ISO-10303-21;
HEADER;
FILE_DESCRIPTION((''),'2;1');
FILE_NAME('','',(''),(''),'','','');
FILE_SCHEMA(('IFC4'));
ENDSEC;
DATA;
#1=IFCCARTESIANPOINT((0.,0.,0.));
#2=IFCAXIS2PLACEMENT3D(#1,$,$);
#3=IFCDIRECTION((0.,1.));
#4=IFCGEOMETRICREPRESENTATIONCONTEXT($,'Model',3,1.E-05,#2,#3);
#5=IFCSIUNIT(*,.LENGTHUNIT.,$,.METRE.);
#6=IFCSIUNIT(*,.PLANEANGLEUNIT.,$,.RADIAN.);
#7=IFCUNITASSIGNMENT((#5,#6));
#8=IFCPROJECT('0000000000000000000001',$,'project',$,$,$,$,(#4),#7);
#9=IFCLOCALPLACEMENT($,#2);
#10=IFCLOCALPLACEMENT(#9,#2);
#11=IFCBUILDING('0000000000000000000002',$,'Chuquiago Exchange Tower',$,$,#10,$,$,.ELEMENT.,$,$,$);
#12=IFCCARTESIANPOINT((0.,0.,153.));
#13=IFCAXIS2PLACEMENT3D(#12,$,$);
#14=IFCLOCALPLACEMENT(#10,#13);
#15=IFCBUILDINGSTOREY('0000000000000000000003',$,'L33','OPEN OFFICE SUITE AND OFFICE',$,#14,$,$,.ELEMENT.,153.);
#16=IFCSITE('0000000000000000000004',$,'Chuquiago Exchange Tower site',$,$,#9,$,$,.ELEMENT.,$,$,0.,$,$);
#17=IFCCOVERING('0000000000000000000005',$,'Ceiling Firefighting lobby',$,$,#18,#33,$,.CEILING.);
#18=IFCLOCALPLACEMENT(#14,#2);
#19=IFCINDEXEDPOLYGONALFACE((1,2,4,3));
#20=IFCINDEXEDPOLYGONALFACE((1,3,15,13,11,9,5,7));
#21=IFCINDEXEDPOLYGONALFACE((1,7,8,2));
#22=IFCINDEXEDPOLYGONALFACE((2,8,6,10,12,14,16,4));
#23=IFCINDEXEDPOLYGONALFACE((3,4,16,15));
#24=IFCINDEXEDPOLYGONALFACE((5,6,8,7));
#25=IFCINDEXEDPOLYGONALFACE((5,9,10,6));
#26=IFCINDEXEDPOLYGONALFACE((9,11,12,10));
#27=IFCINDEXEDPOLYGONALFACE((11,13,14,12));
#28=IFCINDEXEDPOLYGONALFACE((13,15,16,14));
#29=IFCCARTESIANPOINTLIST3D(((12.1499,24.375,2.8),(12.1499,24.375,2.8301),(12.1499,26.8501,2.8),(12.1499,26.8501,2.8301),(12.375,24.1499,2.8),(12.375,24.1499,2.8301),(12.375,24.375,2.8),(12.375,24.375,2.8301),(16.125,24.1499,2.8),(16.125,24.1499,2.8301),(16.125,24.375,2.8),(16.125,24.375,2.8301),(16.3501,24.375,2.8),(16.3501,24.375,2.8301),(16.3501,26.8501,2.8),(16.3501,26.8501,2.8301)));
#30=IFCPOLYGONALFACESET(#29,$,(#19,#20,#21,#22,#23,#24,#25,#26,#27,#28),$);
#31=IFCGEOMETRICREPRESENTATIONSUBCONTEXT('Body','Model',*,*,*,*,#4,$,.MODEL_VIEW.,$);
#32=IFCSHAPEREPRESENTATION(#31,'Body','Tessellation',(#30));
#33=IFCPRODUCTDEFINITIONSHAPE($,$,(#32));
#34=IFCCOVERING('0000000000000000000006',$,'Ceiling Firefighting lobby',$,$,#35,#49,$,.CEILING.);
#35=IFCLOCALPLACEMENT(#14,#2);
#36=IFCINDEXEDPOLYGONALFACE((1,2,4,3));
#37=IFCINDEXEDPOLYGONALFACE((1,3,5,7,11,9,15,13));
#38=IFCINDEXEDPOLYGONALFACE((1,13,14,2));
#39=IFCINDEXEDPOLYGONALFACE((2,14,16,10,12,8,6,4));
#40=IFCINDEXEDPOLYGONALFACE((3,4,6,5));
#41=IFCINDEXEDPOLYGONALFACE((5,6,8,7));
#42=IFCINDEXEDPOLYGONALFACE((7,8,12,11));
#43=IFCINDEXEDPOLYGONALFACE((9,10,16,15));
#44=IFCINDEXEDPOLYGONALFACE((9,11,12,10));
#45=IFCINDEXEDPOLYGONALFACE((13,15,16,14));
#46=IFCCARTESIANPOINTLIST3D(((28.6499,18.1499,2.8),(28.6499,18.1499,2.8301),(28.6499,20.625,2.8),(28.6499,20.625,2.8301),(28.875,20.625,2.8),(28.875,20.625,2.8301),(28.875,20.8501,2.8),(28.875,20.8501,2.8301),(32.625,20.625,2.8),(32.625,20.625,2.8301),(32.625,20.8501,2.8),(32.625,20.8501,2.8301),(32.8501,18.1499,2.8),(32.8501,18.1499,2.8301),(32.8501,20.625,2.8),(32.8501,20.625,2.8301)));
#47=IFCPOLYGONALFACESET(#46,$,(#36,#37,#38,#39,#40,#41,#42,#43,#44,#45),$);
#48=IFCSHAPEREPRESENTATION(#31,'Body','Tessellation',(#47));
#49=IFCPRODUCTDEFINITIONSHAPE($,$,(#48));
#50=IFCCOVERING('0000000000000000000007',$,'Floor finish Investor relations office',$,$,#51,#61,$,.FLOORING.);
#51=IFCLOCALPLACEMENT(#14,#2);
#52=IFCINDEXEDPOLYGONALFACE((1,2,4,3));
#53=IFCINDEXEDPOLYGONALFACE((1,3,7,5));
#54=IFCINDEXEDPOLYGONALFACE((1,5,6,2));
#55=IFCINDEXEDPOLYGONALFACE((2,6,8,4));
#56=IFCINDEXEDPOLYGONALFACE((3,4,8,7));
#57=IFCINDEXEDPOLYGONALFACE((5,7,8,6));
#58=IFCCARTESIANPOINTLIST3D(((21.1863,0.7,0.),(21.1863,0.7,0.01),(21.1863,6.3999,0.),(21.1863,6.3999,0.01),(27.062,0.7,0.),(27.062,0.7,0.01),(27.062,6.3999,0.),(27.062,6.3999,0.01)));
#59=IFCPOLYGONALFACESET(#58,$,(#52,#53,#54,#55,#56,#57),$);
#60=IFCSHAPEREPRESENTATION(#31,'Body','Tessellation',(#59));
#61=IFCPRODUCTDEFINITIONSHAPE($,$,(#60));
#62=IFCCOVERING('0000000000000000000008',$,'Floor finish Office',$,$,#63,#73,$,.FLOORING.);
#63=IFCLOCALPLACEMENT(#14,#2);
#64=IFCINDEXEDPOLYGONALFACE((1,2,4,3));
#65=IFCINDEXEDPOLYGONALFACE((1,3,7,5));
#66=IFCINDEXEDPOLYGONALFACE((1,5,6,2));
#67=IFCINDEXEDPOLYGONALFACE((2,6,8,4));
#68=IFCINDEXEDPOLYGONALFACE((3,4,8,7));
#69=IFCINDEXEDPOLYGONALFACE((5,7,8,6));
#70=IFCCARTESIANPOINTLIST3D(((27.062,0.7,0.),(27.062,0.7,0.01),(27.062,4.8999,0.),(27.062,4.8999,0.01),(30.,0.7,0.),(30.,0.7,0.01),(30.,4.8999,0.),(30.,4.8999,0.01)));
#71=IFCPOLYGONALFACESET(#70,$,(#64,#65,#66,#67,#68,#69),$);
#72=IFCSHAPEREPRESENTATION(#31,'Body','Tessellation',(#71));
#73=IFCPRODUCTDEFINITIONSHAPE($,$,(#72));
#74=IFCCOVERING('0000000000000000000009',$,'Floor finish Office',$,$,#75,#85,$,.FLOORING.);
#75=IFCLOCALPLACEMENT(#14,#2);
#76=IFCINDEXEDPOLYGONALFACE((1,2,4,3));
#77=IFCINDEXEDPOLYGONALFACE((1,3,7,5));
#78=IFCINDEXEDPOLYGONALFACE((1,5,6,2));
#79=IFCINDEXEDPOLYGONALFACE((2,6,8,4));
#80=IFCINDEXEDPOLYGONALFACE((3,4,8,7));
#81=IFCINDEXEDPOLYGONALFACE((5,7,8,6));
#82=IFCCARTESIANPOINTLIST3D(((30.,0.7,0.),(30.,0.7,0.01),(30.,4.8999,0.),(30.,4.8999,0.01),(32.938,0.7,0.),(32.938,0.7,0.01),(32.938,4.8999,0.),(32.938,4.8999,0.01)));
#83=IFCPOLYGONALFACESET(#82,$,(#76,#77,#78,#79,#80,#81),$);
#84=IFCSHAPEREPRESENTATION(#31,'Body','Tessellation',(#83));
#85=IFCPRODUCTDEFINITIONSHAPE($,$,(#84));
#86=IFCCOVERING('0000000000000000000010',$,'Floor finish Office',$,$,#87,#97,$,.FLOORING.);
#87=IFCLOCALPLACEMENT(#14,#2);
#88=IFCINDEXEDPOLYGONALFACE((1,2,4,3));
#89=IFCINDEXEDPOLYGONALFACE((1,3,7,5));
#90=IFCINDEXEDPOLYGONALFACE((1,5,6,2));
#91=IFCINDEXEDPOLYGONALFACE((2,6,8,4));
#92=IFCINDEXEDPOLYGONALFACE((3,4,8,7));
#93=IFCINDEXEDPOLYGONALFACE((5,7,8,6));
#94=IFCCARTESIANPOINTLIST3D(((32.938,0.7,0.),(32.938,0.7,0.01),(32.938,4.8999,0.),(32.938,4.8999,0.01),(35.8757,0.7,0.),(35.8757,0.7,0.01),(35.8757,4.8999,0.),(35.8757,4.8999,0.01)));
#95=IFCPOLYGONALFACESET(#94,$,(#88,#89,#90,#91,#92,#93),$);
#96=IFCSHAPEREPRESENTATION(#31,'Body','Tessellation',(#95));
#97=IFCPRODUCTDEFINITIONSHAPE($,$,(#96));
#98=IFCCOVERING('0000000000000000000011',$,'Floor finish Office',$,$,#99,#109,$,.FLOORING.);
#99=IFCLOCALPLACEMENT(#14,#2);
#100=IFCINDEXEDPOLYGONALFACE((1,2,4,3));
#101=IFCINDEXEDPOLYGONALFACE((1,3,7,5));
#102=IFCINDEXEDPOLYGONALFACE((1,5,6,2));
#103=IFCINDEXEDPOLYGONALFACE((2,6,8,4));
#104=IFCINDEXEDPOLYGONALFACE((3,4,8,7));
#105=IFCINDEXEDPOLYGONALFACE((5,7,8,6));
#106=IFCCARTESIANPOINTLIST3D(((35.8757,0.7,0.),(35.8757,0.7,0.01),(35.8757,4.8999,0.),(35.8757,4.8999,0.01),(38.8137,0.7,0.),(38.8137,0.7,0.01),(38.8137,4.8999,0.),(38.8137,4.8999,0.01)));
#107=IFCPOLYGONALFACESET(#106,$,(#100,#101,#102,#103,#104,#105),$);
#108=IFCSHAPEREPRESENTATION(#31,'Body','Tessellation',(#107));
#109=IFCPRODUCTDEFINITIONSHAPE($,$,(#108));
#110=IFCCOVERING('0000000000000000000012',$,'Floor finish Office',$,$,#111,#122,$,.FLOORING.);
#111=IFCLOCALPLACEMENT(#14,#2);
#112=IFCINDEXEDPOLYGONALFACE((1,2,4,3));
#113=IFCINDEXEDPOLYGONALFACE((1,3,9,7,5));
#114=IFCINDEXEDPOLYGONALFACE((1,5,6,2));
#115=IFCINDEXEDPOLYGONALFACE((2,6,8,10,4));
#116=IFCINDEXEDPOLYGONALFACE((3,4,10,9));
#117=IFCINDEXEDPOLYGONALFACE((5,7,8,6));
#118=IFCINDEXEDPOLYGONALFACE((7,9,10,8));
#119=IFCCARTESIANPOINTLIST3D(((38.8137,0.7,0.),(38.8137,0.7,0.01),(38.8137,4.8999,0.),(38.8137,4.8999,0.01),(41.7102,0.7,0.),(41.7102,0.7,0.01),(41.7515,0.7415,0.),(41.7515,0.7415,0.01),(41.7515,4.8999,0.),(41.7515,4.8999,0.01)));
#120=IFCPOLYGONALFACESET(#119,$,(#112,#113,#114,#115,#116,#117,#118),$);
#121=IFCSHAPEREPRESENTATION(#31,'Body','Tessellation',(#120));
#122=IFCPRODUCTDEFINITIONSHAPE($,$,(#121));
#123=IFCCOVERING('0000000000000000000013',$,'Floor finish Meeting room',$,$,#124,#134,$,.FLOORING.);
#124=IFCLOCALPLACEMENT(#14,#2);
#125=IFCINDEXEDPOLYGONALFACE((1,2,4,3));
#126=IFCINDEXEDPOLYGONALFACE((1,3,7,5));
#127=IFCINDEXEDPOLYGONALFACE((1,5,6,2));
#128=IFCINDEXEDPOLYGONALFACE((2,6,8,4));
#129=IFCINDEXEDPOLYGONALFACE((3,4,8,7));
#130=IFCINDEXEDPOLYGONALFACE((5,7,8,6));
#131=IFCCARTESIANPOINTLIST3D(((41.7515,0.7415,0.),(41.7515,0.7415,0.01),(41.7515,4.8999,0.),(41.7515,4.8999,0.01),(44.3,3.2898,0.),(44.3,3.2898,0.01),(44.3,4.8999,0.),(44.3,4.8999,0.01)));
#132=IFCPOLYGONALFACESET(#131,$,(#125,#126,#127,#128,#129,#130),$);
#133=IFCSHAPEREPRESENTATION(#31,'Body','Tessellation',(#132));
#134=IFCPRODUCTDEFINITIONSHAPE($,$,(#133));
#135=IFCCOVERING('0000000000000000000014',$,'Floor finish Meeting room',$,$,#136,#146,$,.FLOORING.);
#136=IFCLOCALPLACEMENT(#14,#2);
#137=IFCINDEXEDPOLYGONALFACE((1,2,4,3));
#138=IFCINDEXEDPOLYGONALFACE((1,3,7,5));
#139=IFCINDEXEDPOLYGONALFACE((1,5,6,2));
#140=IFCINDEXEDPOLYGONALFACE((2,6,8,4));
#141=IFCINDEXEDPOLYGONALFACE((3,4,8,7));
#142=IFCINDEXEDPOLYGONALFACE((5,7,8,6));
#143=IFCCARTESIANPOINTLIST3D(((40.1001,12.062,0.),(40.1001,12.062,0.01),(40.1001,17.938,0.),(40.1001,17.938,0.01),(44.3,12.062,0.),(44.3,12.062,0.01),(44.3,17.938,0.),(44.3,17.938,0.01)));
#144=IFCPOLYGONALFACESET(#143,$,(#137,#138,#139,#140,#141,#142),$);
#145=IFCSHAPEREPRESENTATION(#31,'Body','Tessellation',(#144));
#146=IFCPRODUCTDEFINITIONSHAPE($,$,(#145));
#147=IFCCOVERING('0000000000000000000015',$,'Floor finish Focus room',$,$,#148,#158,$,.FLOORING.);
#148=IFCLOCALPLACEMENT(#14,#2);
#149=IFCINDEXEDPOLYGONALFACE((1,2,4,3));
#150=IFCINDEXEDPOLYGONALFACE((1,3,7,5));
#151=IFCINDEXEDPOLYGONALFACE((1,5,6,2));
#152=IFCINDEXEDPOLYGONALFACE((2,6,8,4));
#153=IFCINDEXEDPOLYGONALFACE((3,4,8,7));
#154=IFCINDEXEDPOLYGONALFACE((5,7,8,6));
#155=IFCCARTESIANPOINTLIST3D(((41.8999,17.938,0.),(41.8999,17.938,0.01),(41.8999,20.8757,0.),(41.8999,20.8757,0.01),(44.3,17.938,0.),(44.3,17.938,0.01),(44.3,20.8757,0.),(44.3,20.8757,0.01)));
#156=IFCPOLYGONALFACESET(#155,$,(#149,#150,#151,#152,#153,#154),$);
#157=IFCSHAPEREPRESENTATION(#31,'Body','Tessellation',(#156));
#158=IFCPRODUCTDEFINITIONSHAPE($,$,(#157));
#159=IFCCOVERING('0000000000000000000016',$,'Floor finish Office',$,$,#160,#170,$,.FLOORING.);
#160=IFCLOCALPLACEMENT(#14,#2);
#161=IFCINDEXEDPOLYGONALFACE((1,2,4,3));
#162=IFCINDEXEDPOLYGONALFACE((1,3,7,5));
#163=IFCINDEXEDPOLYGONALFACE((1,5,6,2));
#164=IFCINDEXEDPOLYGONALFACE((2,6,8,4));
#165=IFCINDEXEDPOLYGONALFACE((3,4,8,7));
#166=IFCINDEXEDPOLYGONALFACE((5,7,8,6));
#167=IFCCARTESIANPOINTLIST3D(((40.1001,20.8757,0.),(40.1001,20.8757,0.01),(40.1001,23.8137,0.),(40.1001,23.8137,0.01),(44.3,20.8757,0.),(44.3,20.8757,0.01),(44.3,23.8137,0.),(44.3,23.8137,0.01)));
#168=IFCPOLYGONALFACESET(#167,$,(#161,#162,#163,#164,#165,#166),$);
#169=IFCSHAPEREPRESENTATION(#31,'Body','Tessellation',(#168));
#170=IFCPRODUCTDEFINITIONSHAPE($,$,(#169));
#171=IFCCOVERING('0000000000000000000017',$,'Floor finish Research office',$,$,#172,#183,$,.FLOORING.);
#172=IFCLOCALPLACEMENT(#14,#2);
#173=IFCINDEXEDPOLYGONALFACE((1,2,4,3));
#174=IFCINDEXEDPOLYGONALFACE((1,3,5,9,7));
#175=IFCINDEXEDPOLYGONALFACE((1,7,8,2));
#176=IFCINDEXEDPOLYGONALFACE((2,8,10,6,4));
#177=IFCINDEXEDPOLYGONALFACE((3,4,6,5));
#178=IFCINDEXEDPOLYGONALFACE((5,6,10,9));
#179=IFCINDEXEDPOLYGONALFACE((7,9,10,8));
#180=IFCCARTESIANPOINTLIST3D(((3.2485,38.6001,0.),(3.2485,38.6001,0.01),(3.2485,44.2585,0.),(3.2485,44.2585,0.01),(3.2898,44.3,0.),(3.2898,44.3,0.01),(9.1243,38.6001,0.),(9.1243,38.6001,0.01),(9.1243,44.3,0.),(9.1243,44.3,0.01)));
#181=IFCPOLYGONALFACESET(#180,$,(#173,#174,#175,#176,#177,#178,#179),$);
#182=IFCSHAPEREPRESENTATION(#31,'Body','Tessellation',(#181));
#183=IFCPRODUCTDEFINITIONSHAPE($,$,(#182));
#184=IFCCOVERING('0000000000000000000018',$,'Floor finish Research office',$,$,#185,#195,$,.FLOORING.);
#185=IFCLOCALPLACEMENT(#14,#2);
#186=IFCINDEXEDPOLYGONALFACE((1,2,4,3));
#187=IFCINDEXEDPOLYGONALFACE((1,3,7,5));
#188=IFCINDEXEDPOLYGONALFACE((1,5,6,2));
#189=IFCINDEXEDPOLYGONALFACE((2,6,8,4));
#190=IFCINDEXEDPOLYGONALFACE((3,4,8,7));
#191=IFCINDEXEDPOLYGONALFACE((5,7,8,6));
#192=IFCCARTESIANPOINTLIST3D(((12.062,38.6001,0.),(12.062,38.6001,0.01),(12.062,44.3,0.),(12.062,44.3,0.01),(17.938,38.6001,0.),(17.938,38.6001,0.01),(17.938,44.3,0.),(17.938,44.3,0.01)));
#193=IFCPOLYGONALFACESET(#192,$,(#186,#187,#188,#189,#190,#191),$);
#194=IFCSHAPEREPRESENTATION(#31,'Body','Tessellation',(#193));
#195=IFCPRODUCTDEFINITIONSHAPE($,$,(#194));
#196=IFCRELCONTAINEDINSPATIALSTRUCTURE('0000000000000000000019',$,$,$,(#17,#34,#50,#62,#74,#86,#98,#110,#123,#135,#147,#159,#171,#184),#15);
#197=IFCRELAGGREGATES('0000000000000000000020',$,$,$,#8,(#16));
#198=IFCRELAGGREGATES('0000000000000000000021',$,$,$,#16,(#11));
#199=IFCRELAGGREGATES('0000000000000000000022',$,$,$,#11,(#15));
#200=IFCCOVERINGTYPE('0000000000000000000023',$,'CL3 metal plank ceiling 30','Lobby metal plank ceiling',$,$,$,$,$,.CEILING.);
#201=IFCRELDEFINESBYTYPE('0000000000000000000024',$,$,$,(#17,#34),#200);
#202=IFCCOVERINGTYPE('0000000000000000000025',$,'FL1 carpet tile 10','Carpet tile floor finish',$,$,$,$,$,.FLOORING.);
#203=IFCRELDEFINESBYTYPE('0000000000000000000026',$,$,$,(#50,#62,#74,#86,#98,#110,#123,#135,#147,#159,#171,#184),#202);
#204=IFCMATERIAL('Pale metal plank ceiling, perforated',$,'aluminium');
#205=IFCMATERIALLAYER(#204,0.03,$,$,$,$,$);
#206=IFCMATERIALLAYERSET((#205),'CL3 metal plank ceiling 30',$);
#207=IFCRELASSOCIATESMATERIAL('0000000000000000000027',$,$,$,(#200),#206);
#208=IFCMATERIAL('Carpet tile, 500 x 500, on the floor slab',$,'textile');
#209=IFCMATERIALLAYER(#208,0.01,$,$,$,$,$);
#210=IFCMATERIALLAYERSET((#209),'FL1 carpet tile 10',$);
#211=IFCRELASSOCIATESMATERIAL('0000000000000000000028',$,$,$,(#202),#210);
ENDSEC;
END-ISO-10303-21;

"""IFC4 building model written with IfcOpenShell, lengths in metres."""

from ifc_helpers import new_model, si_unit, direction, frame, origin, place, context, subcontext, project, spatial, polyline, outline, extrude, material, layer, layer_set, type_object, element, save


model = new_model("IFC4")

# Units and contexts
model_context = context("Model", 3, precision=1e-05, world=origin(), true_north=direction((0.0, 1.0)))
body_context = subcontext(model_context, "Body", "Model", "MODEL_VIEW")
ifc_project = project(units=[si_unit("LENGTHUNIT", "METRE"), si_unit("PLANEANGLEUNIT", "RADIAN")], contexts=[model_context])

# Site, building, storey
site_placement = place(None, origin())
site = spatial("IfcSite", under=ifc_project, at=site_placement, Name="Chuquiago Exchange Tower site", CompositionType="ELEMENT", RefElevation=0.0)
building_placement = place(site_placement, origin())
building = spatial("IfcBuilding", under=site, at=building_placement, Name="Chuquiago Exchange Tower", CompositionType="ELEMENT")
storey_placement = place(building_placement, frame((0.0, 0.0, 153.0)))
storey = spatial("IfcBuildingStorey", under=building, at=storey_placement, Name="L33", Description="OPEN OFFICE SUITE AND OFFICE", CompositionType="ELEMENT", Elevation=153.0)

# Coverings
ifc_material_1 = material(Name="Pale metal plank ceiling, perforated", Category="aluminium")
ifc_layer_1 = layer(ifc_material_1, 0.03)
ifc_layer_set_1 = layer_set([ifc_layer_1], Name="CL3 metal plank ceiling 30")
covering_type_1 = type_object("IfcCoveringType", Name="CL3 metal plank ceiling 30", Description="Lobby metal plank ceiling", PredefinedType="CEILING", material=ifc_layer_set_1)
covering_1_placement = place(storey_placement, frame((0.0, 0.0, 2.8)))
element("IfcCovering", 1, at=covering_1_placement, inside=storey, type_object=covering_type_1, Name="Ceiling Firefighting lobby", PredefinedType="CEILING", context=body_context, shape_type="SweptSolid", body=[
    extrude(outline(polyline([(12.375, 24.1499), (12.375, 24.375), (12.1499, 24.375), (12.1499, 26.8501), (16.3501, 26.8501), (16.3501, 24.375), (16.125, 24.375), (16.125, 24.1499), (12.375, 24.1499)])), origin(), (0.0, 0.0, 1.0), 0.03),
])
covering_2_placement = place(storey_placement, frame((0.0, 0.0, 2.8)))
element("IfcCovering", 2, at=covering_2_placement, inside=storey, type_object=covering_type_1, Name="Ceiling Firefighting lobby", PredefinedType="CEILING", context=body_context, shape_type="SweptSolid", body=[
    extrude(outline(polyline([(28.6499, 18.1499), (28.6499, 20.625), (28.875, 20.625), (28.875, 20.8501), (32.625, 20.8501), (32.625, 20.625), (32.8501, 20.625), (32.8501, 18.1499), (28.6499, 18.1499)])), origin(), (0.0, 0.0, 1.0), 0.03),
])
ifc_material_2 = material(Name="Carpet tile, 500 x 500, on the floor slab", Category="textile")
ifc_layer_2 = layer(ifc_material_2, 0.01)
ifc_layer_set_2 = layer_set([ifc_layer_2], Name="FL1 carpet tile 10")
covering_type_2 = type_object("IfcCoveringType", Name="FL1 carpet tile 10", Description="Carpet tile floor finish", PredefinedType="FLOORING", material=ifc_layer_set_2)
covering_3_placement = place(storey_placement, origin())
element("IfcCovering", 3, at=covering_3_placement, inside=storey, type_object=covering_type_2, Name="Floor finish Investor relations office", PredefinedType="FLOORING", context=body_context, shape_type="SweptSolid", body=[
    extrude(outline(polyline([(21.1863, 0.7), (21.1863, 6.3999), (27.062, 6.3999), (27.062, 0.7), (21.1863, 0.7)])), origin(), (0.0, 0.0, 1.0), 0.01),
])
covering_4_placement = place(storey_placement, origin())
element("IfcCovering", 4, at=covering_4_placement, inside=storey, type_object=covering_type_2, Name="Floor finish Office", PredefinedType="FLOORING", context=body_context, shape_type="SweptSolid", body=[
    extrude(outline(polyline([(27.062, 0.7), (27.062, 4.8999), (30.0, 4.8999), (30.0, 0.7), (27.062, 0.7)])), origin(), (0.0, 0.0, 1.0), 0.01),
])
covering_5_placement = place(storey_placement, origin())
element("IfcCovering", 5, at=covering_5_placement, inside=storey, type_object=covering_type_2, Name="Floor finish Office", PredefinedType="FLOORING", context=body_context, shape_type="SweptSolid", body=[
    extrude(outline(polyline([(30.0, 0.7), (30.0, 4.8999), (32.938, 4.8999), (32.938, 0.7), (30.0, 0.7)])), origin(), (0.0, 0.0, 1.0), 0.01),
])
covering_6_placement = place(storey_placement, origin())
element("IfcCovering", 6, at=covering_6_placement, inside=storey, type_object=covering_type_2, Name="Floor finish Office", PredefinedType="FLOORING", context=body_context, shape_type="SweptSolid", body=[
    extrude(outline(polyline([(32.938, 0.7), (32.938, 4.8999), (35.8757, 4.8999), (35.8757, 0.7), (32.938, 0.7)])), origin(), (0.0, 0.0, 1.0), 0.01),
])
covering_7_placement = place(storey_placement, origin())
element("IfcCovering", 7, at=covering_7_placement, inside=storey, type_object=covering_type_2, Name="Floor finish Office", PredefinedType="FLOORING", context=body_context, shape_type="SweptSolid", body=[
    extrude(outline(polyline([(35.8757, 0.7), (35.8757, 4.8999), (38.8137, 4.8999), (38.8137, 0.7), (35.8757, 0.7)])), origin(), (0.0, 0.0, 1.0), 0.01),
])
covering_8_placement = place(storey_placement, origin())
element("IfcCovering", 8, at=covering_8_placement, inside=storey, type_object=covering_type_2, Name="Floor finish Office", PredefinedType="FLOORING", context=body_context, shape_type="SweptSolid", body=[
    extrude(outline(polyline([(41.7102, 0.7), (38.8137, 0.7), (38.8137, 4.8999), (41.7515, 4.8999), (41.7515, 0.7415), (41.7102, 0.7)])), origin(), (0.0, 0.0, 1.0), 0.01),
])
covering_9_placement = place(storey_placement, origin())
element("IfcCovering", 9, at=covering_9_placement, inside=storey, type_object=covering_type_2, Name="Floor finish Meeting room", PredefinedType="FLOORING", context=body_context, shape_type="SweptSolid", body=[
    extrude(outline(polyline([(44.3, 3.2898), (41.7515, 0.7415), (41.7515, 4.8999), (44.3, 4.8999), (44.3, 3.2898)])), origin(), (0.0, 0.0, 1.0), 0.01),
])
covering_10_placement = place(storey_placement, origin())
element("IfcCovering", 10, at=covering_10_placement, inside=storey, type_object=covering_type_2, Name="Floor finish Meeting room", PredefinedType="FLOORING", context=body_context, shape_type="SweptSolid", body=[
    extrude(outline(polyline([(44.3, 12.062), (40.1001, 12.062), (40.1001, 17.938), (44.3, 17.938), (44.3, 12.062)])), origin(), (0.0, 0.0, 1.0), 0.01),
])
covering_11_placement = place(storey_placement, origin())
element("IfcCovering", 11, at=covering_11_placement, inside=storey, type_object=covering_type_2, Name="Floor finish Focus room", PredefinedType="FLOORING", context=body_context, shape_type="SweptSolid", body=[
    extrude(outline(polyline([(44.3, 17.938), (41.8999, 17.938), (41.8999, 20.8757), (44.3, 20.8757), (44.3, 17.938)])), origin(), (0.0, 0.0, 1.0), 0.01),
])
covering_12_placement = place(storey_placement, origin())
element("IfcCovering", 12, at=covering_12_placement, inside=storey, type_object=covering_type_2, Name="Floor finish Office", PredefinedType="FLOORING", context=body_context, shape_type="SweptSolid", body=[
    extrude(outline(polyline([(44.3, 20.8757), (40.1001, 20.8757), (40.1001, 23.8137), (44.3, 23.8137), (44.3, 20.8757)])), origin(), (0.0, 0.0, 1.0), 0.01),
])
covering_13_placement = place(storey_placement, origin())
element("IfcCovering", 13, at=covering_13_placement, inside=storey, type_object=covering_type_2, Name="Floor finish Research office", PredefinedType="FLOORING", context=body_context, shape_type="SweptSolid", body=[
    extrude(outline(polyline([(3.2898, 44.3), (9.1243, 44.3), (9.1243, 38.6001), (3.2485, 38.6001), (3.2485, 44.2585), (3.2898, 44.3)])), origin(), (0.0, 0.0, 1.0), 0.01),
])
covering_14_placement = place(storey_placement, origin())
element("IfcCovering", 14, at=covering_14_placement, inside=storey, type_object=covering_type_2, Name="Floor finish Research office", PredefinedType="FLOORING", context=body_context, shape_type="SweptSolid", body=[
    extrude(outline(polyline([(17.938, 44.3), (17.938, 38.6001), (12.062, 38.6001), (12.062, 44.3), (17.938, 44.3)])), origin(), (0.0, 0.0, 1.0), 0.01),
])

save(model, "model.ifc")
